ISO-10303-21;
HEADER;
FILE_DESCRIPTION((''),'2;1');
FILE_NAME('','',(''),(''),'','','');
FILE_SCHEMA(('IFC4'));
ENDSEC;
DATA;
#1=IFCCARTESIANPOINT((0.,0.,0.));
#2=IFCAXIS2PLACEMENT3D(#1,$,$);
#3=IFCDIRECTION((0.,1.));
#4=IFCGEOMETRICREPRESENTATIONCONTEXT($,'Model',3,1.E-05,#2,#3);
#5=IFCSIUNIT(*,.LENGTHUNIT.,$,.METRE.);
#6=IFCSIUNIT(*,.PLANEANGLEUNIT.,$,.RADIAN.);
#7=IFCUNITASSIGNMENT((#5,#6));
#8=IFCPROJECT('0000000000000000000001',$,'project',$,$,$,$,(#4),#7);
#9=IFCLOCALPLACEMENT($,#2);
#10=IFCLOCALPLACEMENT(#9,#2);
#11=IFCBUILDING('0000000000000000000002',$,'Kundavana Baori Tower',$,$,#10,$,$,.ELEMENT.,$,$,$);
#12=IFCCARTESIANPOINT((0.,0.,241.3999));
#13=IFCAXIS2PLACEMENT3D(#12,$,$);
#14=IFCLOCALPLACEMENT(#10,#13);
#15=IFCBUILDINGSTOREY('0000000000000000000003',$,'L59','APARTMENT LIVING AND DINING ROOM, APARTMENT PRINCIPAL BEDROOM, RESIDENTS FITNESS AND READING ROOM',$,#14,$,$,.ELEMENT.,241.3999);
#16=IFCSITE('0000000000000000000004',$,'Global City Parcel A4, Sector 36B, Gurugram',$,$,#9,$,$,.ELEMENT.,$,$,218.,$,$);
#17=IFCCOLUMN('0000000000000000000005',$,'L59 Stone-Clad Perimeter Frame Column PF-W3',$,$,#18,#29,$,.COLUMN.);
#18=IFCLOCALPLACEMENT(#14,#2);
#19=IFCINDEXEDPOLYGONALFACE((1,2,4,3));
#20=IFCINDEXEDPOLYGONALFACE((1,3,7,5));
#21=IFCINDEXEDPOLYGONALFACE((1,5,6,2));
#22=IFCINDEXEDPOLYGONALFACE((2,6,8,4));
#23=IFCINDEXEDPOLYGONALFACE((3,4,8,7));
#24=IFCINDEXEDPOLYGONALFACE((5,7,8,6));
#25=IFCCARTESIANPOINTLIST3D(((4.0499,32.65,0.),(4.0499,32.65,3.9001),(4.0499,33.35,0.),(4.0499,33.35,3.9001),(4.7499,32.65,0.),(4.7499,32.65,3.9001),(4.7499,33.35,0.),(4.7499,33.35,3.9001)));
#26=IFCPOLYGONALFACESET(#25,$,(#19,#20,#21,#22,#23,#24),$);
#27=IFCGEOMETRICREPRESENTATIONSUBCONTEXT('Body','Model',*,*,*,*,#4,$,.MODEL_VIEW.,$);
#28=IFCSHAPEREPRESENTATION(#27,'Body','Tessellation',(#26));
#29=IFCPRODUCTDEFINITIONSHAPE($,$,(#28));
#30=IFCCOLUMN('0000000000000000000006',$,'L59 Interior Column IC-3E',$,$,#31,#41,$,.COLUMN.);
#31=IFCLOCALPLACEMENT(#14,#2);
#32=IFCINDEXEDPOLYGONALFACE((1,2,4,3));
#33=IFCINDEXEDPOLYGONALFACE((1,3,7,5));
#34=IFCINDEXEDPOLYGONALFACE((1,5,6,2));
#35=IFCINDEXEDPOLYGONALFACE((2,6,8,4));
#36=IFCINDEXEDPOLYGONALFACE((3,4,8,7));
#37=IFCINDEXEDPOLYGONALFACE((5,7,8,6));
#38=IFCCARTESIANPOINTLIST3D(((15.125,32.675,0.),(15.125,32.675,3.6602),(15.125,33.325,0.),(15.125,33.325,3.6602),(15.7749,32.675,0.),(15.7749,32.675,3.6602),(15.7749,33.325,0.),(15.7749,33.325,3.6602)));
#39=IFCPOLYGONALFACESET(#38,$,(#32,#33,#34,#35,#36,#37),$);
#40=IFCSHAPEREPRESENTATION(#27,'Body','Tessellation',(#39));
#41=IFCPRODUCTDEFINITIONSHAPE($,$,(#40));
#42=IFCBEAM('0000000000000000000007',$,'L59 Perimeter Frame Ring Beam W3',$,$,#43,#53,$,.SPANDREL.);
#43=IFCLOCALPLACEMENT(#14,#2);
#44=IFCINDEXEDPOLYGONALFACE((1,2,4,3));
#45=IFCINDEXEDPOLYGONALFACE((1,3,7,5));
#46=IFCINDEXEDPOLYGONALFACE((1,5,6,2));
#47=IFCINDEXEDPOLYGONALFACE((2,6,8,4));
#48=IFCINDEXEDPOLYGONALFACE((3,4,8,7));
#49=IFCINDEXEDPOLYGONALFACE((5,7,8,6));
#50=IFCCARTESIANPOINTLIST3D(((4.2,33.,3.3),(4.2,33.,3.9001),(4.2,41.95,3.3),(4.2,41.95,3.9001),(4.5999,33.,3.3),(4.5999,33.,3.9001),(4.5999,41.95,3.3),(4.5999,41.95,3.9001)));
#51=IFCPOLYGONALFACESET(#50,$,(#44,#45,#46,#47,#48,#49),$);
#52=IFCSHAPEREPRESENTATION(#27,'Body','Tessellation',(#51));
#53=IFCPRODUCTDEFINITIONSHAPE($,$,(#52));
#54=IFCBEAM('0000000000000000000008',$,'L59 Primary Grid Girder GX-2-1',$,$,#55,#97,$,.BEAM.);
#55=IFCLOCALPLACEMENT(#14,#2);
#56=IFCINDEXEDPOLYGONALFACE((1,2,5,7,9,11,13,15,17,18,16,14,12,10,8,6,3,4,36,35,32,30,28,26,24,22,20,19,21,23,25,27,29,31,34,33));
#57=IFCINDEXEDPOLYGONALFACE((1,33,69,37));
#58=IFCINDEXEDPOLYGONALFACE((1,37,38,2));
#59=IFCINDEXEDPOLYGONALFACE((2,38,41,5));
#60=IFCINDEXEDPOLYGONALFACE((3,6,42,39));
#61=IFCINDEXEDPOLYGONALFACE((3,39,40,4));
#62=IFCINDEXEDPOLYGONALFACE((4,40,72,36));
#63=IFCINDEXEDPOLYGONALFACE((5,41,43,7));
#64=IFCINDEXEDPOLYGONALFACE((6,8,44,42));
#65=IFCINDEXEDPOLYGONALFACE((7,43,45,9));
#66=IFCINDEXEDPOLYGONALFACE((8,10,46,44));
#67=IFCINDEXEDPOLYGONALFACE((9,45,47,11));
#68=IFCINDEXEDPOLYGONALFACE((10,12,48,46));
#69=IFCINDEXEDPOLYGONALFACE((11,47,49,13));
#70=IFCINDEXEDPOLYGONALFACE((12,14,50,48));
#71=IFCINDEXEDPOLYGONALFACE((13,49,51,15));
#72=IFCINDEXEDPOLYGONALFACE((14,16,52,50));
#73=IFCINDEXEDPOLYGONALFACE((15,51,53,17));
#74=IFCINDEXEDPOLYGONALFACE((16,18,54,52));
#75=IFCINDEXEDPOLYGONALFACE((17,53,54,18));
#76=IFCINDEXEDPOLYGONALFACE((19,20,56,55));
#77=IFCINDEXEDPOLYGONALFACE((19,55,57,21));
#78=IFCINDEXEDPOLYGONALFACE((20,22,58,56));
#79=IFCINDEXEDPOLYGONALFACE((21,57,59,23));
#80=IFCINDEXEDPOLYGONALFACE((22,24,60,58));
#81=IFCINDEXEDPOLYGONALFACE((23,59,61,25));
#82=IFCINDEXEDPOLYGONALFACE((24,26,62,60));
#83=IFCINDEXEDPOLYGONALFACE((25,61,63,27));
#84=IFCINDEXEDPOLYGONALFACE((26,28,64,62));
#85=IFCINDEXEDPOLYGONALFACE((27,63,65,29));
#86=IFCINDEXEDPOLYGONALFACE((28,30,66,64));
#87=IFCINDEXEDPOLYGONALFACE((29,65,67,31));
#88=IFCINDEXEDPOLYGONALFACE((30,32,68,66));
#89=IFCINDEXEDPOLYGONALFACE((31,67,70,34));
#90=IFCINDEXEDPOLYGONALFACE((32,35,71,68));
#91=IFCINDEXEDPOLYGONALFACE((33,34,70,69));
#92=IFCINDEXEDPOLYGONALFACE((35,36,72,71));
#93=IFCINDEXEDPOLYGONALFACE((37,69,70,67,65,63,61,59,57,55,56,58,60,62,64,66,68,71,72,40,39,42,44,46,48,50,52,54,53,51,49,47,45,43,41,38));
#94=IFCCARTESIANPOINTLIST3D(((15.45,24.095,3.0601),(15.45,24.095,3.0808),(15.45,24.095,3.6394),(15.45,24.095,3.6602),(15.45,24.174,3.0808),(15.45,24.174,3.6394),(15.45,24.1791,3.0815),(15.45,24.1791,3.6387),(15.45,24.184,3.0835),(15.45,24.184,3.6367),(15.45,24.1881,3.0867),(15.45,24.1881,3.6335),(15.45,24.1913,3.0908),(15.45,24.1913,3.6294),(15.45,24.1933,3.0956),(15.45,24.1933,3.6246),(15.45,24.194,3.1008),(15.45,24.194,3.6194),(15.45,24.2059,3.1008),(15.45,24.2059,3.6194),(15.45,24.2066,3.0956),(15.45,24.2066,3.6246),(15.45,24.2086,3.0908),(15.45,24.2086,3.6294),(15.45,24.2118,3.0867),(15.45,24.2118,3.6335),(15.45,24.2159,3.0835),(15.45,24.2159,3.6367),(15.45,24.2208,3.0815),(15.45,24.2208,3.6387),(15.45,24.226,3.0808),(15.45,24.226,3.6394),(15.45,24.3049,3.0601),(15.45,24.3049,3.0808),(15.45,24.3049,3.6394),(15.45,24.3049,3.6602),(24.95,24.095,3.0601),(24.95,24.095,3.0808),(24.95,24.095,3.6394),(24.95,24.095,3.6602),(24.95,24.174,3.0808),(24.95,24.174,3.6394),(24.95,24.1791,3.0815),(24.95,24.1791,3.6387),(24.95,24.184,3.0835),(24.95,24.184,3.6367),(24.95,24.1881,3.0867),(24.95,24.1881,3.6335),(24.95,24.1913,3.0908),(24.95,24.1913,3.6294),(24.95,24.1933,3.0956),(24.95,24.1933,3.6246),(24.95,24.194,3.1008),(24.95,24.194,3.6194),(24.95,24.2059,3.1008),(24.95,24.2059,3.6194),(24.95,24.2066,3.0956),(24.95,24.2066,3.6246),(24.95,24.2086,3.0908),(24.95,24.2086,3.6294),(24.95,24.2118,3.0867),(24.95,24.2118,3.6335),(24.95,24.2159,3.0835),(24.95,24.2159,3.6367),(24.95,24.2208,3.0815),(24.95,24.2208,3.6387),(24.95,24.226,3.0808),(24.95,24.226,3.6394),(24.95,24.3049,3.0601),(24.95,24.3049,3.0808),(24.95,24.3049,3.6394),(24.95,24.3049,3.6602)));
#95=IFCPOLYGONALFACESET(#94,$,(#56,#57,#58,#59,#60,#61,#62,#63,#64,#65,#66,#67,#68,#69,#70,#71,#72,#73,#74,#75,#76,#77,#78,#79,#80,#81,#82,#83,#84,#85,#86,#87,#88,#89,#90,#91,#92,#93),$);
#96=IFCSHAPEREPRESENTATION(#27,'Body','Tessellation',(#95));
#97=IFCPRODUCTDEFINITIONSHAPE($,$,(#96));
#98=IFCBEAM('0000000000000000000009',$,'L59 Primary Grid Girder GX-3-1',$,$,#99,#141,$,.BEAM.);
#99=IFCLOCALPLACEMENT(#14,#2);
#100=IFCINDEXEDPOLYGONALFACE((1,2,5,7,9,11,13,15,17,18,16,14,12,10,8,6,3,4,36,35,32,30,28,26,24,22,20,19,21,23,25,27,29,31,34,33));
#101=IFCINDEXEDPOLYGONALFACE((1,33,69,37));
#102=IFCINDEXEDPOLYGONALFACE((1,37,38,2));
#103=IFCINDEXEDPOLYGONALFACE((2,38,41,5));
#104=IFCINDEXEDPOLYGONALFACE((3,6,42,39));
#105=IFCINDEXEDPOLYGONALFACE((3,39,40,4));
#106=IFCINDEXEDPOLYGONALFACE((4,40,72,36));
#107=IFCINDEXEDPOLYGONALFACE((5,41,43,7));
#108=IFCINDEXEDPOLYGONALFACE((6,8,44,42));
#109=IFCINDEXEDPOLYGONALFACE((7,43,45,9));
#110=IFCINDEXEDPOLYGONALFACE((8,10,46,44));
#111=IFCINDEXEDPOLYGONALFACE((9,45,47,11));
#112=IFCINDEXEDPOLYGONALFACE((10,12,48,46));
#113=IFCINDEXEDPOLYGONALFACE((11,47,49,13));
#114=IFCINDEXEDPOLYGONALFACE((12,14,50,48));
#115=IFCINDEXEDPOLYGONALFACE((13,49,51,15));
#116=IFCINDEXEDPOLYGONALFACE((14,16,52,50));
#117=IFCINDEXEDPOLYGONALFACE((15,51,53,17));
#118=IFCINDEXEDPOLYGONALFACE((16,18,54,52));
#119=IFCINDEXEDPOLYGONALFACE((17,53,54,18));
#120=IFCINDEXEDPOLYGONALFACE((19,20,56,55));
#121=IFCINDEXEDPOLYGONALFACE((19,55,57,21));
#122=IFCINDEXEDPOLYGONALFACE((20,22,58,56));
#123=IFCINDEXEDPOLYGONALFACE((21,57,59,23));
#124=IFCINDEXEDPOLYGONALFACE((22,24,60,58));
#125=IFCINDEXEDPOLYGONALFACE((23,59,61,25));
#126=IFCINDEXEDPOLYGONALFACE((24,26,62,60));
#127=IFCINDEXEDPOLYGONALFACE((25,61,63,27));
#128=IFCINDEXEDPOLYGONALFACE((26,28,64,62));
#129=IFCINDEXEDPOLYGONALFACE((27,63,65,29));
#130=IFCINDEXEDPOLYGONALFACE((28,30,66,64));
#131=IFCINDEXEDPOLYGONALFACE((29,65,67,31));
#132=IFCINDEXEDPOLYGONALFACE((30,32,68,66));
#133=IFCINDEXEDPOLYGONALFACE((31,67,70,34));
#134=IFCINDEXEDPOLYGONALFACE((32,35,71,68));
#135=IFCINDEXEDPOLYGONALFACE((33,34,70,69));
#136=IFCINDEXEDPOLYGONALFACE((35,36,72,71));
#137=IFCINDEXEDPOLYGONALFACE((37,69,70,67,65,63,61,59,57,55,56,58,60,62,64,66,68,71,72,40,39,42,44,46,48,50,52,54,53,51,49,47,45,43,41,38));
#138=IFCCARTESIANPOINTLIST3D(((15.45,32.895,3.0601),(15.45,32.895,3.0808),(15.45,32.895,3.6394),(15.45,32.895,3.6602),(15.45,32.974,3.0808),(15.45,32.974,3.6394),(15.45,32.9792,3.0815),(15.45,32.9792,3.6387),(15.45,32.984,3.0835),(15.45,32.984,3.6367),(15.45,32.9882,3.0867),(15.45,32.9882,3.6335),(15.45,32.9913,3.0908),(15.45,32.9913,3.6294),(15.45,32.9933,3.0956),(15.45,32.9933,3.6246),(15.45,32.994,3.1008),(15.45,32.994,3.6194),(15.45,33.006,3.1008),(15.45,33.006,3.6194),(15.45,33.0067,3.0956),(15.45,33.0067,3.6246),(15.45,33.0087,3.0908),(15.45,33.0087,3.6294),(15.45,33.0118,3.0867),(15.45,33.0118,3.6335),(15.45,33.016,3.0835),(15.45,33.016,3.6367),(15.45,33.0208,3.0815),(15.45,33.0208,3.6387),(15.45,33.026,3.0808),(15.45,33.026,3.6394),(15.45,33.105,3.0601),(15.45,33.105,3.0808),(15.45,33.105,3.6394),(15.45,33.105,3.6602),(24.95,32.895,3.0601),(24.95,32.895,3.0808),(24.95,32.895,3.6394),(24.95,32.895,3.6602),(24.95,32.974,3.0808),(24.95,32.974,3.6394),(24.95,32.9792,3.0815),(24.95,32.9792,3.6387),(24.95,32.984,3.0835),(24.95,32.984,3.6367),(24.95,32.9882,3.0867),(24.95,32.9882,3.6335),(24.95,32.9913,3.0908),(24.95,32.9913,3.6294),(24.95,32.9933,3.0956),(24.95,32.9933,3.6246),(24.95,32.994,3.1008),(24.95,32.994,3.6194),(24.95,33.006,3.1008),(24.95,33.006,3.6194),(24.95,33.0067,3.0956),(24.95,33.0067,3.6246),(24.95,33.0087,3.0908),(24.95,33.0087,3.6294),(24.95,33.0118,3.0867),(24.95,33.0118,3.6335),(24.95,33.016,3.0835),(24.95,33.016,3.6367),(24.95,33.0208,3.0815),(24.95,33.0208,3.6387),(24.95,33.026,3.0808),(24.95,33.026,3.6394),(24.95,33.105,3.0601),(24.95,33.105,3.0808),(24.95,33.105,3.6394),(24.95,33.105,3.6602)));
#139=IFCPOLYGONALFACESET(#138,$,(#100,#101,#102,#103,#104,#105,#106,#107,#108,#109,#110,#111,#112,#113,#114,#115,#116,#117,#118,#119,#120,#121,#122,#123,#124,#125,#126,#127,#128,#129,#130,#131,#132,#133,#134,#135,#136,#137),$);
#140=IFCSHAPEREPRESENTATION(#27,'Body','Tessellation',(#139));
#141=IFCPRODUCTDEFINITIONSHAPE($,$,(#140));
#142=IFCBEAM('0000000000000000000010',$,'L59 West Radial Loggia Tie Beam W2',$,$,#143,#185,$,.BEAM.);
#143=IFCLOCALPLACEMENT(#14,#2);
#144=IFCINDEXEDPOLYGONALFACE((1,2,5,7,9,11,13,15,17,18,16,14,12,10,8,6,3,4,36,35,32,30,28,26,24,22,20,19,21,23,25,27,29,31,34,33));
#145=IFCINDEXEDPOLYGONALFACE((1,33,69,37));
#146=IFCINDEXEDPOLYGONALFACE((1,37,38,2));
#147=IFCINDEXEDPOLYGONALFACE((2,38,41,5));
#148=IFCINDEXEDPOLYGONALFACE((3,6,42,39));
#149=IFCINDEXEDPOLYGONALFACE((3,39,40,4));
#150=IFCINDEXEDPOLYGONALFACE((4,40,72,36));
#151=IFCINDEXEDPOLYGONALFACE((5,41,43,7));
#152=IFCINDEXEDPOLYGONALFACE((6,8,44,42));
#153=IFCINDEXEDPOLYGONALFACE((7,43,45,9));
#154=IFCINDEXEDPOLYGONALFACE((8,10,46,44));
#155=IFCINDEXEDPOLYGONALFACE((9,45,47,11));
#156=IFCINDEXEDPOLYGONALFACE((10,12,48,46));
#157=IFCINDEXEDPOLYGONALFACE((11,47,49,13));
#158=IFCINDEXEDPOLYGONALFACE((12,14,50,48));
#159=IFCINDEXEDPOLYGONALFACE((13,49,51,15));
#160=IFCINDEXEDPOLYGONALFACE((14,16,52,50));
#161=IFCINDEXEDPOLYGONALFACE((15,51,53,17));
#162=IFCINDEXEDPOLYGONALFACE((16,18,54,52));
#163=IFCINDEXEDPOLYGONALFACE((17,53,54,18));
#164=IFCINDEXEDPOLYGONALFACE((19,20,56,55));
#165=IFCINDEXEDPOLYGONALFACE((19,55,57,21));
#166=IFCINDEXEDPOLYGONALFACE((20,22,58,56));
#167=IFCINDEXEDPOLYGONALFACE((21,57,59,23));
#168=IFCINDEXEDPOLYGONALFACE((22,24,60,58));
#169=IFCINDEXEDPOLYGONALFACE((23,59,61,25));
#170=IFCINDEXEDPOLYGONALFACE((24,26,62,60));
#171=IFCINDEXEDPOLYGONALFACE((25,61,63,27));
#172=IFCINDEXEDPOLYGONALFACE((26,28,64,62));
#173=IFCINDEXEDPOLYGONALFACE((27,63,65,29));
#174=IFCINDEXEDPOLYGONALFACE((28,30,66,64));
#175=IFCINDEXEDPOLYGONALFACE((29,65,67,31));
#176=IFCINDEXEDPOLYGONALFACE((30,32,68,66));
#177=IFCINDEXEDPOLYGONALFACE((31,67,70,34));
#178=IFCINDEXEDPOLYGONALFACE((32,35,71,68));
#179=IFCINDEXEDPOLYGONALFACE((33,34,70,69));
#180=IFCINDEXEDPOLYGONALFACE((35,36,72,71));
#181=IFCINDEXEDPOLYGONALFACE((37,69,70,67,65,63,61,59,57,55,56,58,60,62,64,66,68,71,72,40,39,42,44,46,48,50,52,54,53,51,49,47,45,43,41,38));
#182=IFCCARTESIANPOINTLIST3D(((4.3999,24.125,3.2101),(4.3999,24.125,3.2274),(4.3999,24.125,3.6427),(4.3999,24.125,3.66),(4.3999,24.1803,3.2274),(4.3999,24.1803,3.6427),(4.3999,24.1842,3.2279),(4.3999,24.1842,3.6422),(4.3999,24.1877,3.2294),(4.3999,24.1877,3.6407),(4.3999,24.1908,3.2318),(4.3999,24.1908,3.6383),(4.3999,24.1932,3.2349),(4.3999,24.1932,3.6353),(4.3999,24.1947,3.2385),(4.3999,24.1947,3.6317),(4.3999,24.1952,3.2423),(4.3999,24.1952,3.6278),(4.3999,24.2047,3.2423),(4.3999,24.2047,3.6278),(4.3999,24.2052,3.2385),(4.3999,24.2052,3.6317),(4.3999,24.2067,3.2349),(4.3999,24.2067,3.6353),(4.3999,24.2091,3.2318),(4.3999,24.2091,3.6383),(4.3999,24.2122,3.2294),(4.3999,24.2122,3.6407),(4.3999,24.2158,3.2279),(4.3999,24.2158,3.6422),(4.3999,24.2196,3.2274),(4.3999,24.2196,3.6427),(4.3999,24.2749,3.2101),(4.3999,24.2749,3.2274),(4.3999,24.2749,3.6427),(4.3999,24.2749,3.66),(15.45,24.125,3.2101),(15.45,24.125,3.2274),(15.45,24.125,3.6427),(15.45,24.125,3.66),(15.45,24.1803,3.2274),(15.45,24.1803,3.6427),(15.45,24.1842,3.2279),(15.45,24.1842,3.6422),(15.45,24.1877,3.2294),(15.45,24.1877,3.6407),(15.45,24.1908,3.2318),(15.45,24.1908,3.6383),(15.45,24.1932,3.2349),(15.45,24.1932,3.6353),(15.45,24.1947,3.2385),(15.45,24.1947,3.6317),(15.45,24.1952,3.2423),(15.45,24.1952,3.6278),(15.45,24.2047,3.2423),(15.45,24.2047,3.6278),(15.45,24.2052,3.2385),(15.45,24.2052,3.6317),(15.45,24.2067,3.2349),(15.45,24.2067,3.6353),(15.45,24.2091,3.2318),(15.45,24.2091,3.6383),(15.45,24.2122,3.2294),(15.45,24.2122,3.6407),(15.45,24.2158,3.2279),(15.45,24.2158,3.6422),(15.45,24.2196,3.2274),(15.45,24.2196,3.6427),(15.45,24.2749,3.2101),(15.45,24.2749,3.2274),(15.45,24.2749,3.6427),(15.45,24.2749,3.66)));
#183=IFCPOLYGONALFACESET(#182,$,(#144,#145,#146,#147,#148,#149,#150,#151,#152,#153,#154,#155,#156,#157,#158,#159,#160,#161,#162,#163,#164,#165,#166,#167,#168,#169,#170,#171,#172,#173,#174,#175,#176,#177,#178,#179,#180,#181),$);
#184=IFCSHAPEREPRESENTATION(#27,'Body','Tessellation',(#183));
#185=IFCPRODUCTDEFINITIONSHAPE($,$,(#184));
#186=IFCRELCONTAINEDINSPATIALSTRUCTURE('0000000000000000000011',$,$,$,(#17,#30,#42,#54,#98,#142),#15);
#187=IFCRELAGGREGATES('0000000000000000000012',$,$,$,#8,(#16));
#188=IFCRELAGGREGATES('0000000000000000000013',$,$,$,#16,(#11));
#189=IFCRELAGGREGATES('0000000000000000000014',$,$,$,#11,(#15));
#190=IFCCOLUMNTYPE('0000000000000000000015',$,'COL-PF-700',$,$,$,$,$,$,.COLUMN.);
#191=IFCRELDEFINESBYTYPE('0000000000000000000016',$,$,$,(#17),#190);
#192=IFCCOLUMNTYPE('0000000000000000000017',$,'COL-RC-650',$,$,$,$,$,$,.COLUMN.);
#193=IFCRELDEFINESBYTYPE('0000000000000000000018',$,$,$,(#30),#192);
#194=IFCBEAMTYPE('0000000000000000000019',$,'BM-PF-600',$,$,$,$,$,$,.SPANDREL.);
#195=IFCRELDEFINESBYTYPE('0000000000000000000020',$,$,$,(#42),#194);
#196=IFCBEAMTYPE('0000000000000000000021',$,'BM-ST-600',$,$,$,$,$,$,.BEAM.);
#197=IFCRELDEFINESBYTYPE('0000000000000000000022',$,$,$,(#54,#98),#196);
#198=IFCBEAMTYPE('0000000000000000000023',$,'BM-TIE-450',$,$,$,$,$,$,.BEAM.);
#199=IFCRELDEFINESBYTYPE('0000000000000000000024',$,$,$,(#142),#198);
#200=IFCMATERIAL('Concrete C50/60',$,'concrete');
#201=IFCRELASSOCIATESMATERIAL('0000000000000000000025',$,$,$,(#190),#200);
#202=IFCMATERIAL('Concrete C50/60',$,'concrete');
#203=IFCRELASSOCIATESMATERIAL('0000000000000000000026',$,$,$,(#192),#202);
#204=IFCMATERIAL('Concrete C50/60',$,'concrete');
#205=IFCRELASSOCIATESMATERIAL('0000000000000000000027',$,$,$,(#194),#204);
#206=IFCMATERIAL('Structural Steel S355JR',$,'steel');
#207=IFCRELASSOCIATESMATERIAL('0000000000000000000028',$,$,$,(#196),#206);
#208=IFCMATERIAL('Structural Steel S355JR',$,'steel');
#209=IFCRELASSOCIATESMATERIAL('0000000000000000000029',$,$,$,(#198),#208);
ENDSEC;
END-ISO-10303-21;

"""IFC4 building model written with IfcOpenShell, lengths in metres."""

from ifc_helpers import new_model, si_unit, direction, frame, origin, origin_2d, place, context, subcontext, project, spatial, rectangle, i_section, extrude, material, material_profile, profile_set, type_object, element, save


model = new_model("IFC4")

# Units and contexts
model_context = context("Model", 3, precision=1e-05, world=origin(), true_north=direction((0.0, 1.0)))
body_context = subcontext(model_context, "Body", "Model", "MODEL_VIEW")
ifc_project = project(units=[si_unit("LENGTHUNIT", "METRE"), si_unit("PLANEANGLEUNIT", "RADIAN")], contexts=[model_context])

# Site, building, storey
site_placement = place(None, origin())
site = spatial("IfcSite", under=ifc_project, at=site_placement, Name="Global City Parcel A4, Sector 36B, Gurugram", CompositionType="ELEMENT", RefElevation=218.0)
building_placement = place(site_placement, origin())
building = spatial("IfcBuilding", under=site, at=building_placement, Name="Kundavana Baori Tower", CompositionType="ELEMENT")
storey_placement = place(building_placement, frame((0.0, 0.0, 241.3999)))
storey = spatial("IfcBuildingStorey", under=building, at=storey_placement, Name="L59", Description="APARTMENT LIVING AND DINING ROOM, APARTMENT PRINCIPAL BEDROOM, RESIDENTS FITNESS AND READING ROOM", CompositionType="ELEMENT", Elevation=241.3999)

# Columns
ifc_material_1 = material(Name="Concrete C50/60", Category="concrete")
ifc_material_profile_1 = material_profile(ifc_material_1, rectangle(XDim=0.7, YDim=0.7, at=origin_2d()), Name="RC PF 700x700")
ifc_profile_set_1 = profile_set([ifc_material_profile_1], Name="Concrete C50/60")
column_type_1 = type_object("IfcColumnType", Name="COL-PF-700", PredefinedType="COLUMN", material=ifc_profile_set_1)
column_1_placement = place(storey_placement, frame((4.3999, 33.0, 0.0), z_axis=(0.0, 0.0, 1.0), x_axis=(1.0, 0.0, 0.0)))
element("IfcColumn", 1, at=column_1_placement, inside=storey, type_object=column_type_1, Name="L59 Stone-Clad Perimeter Frame Column PF-W3", PredefinedType="COLUMN", context=body_context, shape_type="SweptSolid", body=[
    extrude(rectangle(XDim=0.7, YDim=0.7, at=origin_2d()), origin(), (0.0, 0.0, 1.0), 3.9001),
])
ifc_material_2 = material(Name="Concrete C50/60", Category="concrete")
ifc_material_profile_2 = material_profile(ifc_material_2, rectangle(XDim=0.6499, YDim=0.6499, at=origin_2d()), Name="RC 650x650")
ifc_profile_set_2 = profile_set([ifc_material_profile_2], Name="Concrete C50/60")
column_type_2 = type_object("IfcColumnType", Name="COL-RC-650", PredefinedType="COLUMN", material=ifc_profile_set_2)
column_2_placement = place(storey_placement, frame((15.45, 33.0, 0.0), z_axis=(0.0, 0.0, 1.0), x_axis=(1.0, 0.0, 0.0)))
element("IfcColumn", 2, at=column_2_placement, inside=storey, type_object=column_type_2, Name="L59 Interior Column IC-3E", PredefinedType="COLUMN", context=body_context, shape_type="SweptSolid", body=[
    extrude(rectangle(XDim=0.6499, YDim=0.6499, at=origin_2d()), origin(), (0.0, 0.0, 1.0), 3.6602),
])

# Beams
ifc_material_3 = material(Name="Concrete C50/60", Category="concrete")
ifc_material_profile_3 = material_profile(ifc_material_3, rectangle(XDim=0.3999, YDim=0.6001, at=origin_2d()), Name="RC BM 400x600")
ifc_profile_set_3 = profile_set([ifc_material_profile_3], Name="Concrete C50/60")
beam_type_1 = type_object("IfcBeamType", Name="BM-PF-600", PredefinedType="SPANDREL", material=ifc_profile_set_3)
beam_placement = place(storey_placement, frame((4.3999, 33.0, 3.6001), z_axis=(0.0, 1.0, 0.0), x_axis=(-1.0, 0.0, 0.0)))
element("IfcBeam", 3, at=beam_placement, inside=storey, type_object=beam_type_1, Name="L59 Perimeter Frame Ring Beam W3", PredefinedType="SPANDREL", context=body_context, shape_type="SweptSolid", body=[
    extrude(rectangle(XDim=0.3999, YDim=0.6001, at=origin_2d()), origin(), (0.0, 0.0, 1.0), 8.95),
])
ifc_material_4 = material(Name="Structural Steel S355JR", Category="steel")
ifc_material_profile_4 = material_profile(ifc_material_4, i_section(OverallWidth=0.21, OverallDepth=0.6001, WebThickness=0.012, FlangeThickness=0.0208, FilletRadius=0.02, at=origin_2d()), Name="ISMB 600")
ifc_profile_set_4 = profile_set([ifc_material_profile_4], Name="Structural Steel S355JR")
beam_type_2 = type_object("IfcBeamType", Name="BM-ST-600", PredefinedType="BEAM", material=ifc_profile_set_4)
for number, where, z_axis, x_axis, name in (
    (4, (15.45, 24.2, 3.3601), (1.0, 0.0, 0.0), (0.0, 1.0, 0.0), "L59 Primary Grid Girder GX-2-1"),
    (5, (15.45, 33.0, 3.3601), (1.0, 0.0, 0.0), (0.0, 1.0, 0.0), "L59 Primary Grid Girder GX-3-1"),
):
    element("IfcBeam", number, at=place(storey_placement, frame(where, z_axis=z_axis, x_axis=x_axis)), inside=storey, type_object=beam_type_2, Name=name, PredefinedType="BEAM", context=body_context, shape_type="SweptSolid", body=[
        extrude(i_section(OverallWidth=0.21, OverallDepth=0.6001, WebThickness=0.012, FlangeThickness=0.0208, FilletRadius=0.02, at=origin_2d()), origin(), (0.0, 0.0, 1.0), 9.5),
    ])
ifc_material_5 = material(Name="Structural Steel S355JR", Category="steel")
ifc_material_profile_5 = material_profile(ifc_material_5, i_section(OverallWidth=0.1499, OverallDepth=0.45, WebThickness=0.0095, FlangeThickness=0.0173, FilletRadius=0.0149, at=origin_2d()), Name="ISMB 450")
ifc_profile_set_5 = profile_set([ifc_material_profile_5], Name="Structural Steel S355JR")
beam_type_3 = type_object("IfcBeamType", Name="BM-TIE-450", PredefinedType="BEAM", material=ifc_profile_set_5)
for number, where, z_axis, x_axis, name in (
    (6, (15.45, 24.2, 3.4351), (-1.0, 0.0, 0.0), (0.0, -1.0, 0.0), "L59 West Radial Loggia Tie Beam W2"),
):
    element("IfcBeam", number, at=place(storey_placement, frame(where, z_axis=z_axis, x_axis=x_axis)), inside=storey, type_object=beam_type_3, Name=name, PredefinedType="BEAM", context=body_context, shape_type="SweptSolid", body=[
        extrude(i_section(OverallWidth=0.1499, OverallDepth=0.45, WebThickness=0.0095, FlangeThickness=0.0173, FilletRadius=0.0149, at=origin_2d()), origin(), (0.0, 0.0, 1.0), 11.05),
    ])

save(model, "model.ifc")
